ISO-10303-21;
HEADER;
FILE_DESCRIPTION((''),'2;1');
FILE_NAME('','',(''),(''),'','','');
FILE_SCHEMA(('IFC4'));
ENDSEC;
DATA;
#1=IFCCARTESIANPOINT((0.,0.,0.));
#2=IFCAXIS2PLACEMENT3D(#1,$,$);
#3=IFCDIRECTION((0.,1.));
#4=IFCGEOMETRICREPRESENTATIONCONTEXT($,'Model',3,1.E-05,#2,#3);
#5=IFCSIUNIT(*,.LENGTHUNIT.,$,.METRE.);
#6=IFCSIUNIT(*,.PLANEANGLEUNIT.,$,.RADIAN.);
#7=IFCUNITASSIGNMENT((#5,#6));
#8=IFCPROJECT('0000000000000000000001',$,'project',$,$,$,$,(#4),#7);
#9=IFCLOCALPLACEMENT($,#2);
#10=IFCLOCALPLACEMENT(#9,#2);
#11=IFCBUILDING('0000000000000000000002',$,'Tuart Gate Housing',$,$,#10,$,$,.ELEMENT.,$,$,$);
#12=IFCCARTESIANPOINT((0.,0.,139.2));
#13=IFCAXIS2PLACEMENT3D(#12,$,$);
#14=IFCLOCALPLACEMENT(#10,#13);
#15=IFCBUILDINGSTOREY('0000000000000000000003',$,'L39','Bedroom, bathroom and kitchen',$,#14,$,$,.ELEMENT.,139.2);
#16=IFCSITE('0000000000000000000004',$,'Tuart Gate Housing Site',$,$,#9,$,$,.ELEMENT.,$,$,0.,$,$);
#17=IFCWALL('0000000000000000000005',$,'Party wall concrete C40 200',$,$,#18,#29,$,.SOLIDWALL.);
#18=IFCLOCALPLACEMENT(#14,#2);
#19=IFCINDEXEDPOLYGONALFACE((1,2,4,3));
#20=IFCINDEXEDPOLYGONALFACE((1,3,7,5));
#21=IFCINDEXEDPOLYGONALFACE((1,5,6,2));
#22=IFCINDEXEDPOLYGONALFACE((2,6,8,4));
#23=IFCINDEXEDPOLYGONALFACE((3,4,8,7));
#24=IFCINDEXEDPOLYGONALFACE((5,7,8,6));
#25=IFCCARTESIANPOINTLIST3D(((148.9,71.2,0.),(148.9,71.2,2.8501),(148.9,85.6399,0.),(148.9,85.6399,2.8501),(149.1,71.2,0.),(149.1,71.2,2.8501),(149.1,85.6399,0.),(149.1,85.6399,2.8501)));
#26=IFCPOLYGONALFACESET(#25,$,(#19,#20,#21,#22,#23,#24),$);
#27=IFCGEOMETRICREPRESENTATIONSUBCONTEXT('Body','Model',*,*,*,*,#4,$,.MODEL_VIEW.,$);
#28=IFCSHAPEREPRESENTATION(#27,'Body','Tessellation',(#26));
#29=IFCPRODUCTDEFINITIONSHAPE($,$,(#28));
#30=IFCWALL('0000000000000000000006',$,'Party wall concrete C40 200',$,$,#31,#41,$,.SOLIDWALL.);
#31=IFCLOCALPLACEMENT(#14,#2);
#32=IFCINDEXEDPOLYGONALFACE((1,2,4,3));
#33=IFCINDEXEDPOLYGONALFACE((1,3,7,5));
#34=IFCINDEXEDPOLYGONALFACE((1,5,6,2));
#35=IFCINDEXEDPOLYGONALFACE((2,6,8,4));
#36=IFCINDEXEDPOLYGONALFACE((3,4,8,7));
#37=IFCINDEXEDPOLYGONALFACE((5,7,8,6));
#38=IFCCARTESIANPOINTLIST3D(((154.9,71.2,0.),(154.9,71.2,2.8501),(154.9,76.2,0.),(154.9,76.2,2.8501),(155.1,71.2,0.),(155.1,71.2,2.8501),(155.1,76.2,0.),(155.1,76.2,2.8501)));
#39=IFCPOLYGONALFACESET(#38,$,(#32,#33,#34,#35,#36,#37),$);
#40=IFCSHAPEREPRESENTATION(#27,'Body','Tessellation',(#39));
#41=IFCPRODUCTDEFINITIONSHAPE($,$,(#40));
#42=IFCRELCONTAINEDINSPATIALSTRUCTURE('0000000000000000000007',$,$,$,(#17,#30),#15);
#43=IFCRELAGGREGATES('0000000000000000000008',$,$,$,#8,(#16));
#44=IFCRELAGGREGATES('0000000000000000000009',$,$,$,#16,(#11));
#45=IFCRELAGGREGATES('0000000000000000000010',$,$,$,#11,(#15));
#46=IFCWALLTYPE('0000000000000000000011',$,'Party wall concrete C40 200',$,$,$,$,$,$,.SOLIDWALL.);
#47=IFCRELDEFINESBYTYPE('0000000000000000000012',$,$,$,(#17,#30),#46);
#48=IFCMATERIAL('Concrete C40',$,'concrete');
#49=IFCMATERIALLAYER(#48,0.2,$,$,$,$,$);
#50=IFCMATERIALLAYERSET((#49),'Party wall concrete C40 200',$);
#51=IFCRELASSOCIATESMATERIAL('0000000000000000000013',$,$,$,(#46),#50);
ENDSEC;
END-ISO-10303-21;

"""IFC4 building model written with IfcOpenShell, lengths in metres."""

from ifc_helpers import new_model, si_unit, direction, frame, frame_2d, origin, place, context, subcontext, project, spatial, rectangle, extrude, material, layer, layer_set, type_object, element, save


model = new_model("IFC4")

# Units and contexts
model_context = context("Model", 3, precision=1e-05, world=origin(), true_north=direction((0.0, 1.0)))
body_context = subcontext(model_context, "Body", "Model", "MODEL_VIEW")
ifc_project = project(units=[si_unit("LENGTHUNIT", "METRE"), si_unit("PLANEANGLEUNIT", "RADIAN")], contexts=[model_context])

# Site, building, storey
site_placement = place(None, origin())
site = spatial("IfcSite", under=ifc_project, at=site_placement, Name="Tuart Gate Housing Site", CompositionType="ELEMENT", RefElevation=0.0)
building_placement = place(site_placement, origin())
building = spatial("IfcBuilding", under=site, at=building_placement, Name="Tuart Gate Housing", CompositionType="ELEMENT")
storey_placement = place(building_placement, frame((0.0, 0.0, 139.2)))
storey = spatial("IfcBuildingStorey", under=building, at=storey_placement, Name="L39", Description="Bedroom, bathroom and kitchen", CompositionType="ELEMENT", Elevation=139.2)

# Walls
ifc_material_1 = material(Name="Concrete C40", Category="concrete")
ifc_layer_1 = layer(ifc_material_1, 0.2)
ifc_layer_set_1 = layer_set([ifc_layer_1], Name="Party wall concrete C40 200")
wall_type_1 = type_object("IfcWallType", Name="Party wall concrete C40 200", PredefinedType="SOLIDWALL", material=ifc_layer_set_1)
wall_1_placement = place(storey_placement, frame((149.0, 71.2, 0.0), z_axis=(0.0, 0.0, 1.0), x_axis=(0.0, 1.0, 0.0)))
element("IfcWall", 1, at=wall_1_placement, inside=storey, type_object=wall_type_1, Name="Party wall concrete C40 200", PredefinedType="SOLIDWALL", context=body_context, shape_type="SweptSolid", body=[
    extrude(rectangle(XDim=14.4399, YDim=0.2, at=frame_2d((7.22, 0.0))), origin(), (0.0, 0.0, 1.0), 2.8501),
])
wall_2_placement = place(storey_placement, frame((155.0, 71.2, 0.0), z_axis=(0.0, 0.0, 1.0), x_axis=(0.0, 1.0, 0.0)))
element("IfcWall", 2, at=wall_2_placement, inside=storey, type_object=wall_type_1, Name="Party wall concrete C40 200", PredefinedType="SOLIDWALL", context=body_context, shape_type="SweptSolid", body=[
    extrude(rectangle(XDim=5.0, YDim=0.2, at=frame_2d((2.5, 0.0))), origin(), (0.0, 0.0, 1.0), 2.8501),
])

save(model, "model.ifc")
